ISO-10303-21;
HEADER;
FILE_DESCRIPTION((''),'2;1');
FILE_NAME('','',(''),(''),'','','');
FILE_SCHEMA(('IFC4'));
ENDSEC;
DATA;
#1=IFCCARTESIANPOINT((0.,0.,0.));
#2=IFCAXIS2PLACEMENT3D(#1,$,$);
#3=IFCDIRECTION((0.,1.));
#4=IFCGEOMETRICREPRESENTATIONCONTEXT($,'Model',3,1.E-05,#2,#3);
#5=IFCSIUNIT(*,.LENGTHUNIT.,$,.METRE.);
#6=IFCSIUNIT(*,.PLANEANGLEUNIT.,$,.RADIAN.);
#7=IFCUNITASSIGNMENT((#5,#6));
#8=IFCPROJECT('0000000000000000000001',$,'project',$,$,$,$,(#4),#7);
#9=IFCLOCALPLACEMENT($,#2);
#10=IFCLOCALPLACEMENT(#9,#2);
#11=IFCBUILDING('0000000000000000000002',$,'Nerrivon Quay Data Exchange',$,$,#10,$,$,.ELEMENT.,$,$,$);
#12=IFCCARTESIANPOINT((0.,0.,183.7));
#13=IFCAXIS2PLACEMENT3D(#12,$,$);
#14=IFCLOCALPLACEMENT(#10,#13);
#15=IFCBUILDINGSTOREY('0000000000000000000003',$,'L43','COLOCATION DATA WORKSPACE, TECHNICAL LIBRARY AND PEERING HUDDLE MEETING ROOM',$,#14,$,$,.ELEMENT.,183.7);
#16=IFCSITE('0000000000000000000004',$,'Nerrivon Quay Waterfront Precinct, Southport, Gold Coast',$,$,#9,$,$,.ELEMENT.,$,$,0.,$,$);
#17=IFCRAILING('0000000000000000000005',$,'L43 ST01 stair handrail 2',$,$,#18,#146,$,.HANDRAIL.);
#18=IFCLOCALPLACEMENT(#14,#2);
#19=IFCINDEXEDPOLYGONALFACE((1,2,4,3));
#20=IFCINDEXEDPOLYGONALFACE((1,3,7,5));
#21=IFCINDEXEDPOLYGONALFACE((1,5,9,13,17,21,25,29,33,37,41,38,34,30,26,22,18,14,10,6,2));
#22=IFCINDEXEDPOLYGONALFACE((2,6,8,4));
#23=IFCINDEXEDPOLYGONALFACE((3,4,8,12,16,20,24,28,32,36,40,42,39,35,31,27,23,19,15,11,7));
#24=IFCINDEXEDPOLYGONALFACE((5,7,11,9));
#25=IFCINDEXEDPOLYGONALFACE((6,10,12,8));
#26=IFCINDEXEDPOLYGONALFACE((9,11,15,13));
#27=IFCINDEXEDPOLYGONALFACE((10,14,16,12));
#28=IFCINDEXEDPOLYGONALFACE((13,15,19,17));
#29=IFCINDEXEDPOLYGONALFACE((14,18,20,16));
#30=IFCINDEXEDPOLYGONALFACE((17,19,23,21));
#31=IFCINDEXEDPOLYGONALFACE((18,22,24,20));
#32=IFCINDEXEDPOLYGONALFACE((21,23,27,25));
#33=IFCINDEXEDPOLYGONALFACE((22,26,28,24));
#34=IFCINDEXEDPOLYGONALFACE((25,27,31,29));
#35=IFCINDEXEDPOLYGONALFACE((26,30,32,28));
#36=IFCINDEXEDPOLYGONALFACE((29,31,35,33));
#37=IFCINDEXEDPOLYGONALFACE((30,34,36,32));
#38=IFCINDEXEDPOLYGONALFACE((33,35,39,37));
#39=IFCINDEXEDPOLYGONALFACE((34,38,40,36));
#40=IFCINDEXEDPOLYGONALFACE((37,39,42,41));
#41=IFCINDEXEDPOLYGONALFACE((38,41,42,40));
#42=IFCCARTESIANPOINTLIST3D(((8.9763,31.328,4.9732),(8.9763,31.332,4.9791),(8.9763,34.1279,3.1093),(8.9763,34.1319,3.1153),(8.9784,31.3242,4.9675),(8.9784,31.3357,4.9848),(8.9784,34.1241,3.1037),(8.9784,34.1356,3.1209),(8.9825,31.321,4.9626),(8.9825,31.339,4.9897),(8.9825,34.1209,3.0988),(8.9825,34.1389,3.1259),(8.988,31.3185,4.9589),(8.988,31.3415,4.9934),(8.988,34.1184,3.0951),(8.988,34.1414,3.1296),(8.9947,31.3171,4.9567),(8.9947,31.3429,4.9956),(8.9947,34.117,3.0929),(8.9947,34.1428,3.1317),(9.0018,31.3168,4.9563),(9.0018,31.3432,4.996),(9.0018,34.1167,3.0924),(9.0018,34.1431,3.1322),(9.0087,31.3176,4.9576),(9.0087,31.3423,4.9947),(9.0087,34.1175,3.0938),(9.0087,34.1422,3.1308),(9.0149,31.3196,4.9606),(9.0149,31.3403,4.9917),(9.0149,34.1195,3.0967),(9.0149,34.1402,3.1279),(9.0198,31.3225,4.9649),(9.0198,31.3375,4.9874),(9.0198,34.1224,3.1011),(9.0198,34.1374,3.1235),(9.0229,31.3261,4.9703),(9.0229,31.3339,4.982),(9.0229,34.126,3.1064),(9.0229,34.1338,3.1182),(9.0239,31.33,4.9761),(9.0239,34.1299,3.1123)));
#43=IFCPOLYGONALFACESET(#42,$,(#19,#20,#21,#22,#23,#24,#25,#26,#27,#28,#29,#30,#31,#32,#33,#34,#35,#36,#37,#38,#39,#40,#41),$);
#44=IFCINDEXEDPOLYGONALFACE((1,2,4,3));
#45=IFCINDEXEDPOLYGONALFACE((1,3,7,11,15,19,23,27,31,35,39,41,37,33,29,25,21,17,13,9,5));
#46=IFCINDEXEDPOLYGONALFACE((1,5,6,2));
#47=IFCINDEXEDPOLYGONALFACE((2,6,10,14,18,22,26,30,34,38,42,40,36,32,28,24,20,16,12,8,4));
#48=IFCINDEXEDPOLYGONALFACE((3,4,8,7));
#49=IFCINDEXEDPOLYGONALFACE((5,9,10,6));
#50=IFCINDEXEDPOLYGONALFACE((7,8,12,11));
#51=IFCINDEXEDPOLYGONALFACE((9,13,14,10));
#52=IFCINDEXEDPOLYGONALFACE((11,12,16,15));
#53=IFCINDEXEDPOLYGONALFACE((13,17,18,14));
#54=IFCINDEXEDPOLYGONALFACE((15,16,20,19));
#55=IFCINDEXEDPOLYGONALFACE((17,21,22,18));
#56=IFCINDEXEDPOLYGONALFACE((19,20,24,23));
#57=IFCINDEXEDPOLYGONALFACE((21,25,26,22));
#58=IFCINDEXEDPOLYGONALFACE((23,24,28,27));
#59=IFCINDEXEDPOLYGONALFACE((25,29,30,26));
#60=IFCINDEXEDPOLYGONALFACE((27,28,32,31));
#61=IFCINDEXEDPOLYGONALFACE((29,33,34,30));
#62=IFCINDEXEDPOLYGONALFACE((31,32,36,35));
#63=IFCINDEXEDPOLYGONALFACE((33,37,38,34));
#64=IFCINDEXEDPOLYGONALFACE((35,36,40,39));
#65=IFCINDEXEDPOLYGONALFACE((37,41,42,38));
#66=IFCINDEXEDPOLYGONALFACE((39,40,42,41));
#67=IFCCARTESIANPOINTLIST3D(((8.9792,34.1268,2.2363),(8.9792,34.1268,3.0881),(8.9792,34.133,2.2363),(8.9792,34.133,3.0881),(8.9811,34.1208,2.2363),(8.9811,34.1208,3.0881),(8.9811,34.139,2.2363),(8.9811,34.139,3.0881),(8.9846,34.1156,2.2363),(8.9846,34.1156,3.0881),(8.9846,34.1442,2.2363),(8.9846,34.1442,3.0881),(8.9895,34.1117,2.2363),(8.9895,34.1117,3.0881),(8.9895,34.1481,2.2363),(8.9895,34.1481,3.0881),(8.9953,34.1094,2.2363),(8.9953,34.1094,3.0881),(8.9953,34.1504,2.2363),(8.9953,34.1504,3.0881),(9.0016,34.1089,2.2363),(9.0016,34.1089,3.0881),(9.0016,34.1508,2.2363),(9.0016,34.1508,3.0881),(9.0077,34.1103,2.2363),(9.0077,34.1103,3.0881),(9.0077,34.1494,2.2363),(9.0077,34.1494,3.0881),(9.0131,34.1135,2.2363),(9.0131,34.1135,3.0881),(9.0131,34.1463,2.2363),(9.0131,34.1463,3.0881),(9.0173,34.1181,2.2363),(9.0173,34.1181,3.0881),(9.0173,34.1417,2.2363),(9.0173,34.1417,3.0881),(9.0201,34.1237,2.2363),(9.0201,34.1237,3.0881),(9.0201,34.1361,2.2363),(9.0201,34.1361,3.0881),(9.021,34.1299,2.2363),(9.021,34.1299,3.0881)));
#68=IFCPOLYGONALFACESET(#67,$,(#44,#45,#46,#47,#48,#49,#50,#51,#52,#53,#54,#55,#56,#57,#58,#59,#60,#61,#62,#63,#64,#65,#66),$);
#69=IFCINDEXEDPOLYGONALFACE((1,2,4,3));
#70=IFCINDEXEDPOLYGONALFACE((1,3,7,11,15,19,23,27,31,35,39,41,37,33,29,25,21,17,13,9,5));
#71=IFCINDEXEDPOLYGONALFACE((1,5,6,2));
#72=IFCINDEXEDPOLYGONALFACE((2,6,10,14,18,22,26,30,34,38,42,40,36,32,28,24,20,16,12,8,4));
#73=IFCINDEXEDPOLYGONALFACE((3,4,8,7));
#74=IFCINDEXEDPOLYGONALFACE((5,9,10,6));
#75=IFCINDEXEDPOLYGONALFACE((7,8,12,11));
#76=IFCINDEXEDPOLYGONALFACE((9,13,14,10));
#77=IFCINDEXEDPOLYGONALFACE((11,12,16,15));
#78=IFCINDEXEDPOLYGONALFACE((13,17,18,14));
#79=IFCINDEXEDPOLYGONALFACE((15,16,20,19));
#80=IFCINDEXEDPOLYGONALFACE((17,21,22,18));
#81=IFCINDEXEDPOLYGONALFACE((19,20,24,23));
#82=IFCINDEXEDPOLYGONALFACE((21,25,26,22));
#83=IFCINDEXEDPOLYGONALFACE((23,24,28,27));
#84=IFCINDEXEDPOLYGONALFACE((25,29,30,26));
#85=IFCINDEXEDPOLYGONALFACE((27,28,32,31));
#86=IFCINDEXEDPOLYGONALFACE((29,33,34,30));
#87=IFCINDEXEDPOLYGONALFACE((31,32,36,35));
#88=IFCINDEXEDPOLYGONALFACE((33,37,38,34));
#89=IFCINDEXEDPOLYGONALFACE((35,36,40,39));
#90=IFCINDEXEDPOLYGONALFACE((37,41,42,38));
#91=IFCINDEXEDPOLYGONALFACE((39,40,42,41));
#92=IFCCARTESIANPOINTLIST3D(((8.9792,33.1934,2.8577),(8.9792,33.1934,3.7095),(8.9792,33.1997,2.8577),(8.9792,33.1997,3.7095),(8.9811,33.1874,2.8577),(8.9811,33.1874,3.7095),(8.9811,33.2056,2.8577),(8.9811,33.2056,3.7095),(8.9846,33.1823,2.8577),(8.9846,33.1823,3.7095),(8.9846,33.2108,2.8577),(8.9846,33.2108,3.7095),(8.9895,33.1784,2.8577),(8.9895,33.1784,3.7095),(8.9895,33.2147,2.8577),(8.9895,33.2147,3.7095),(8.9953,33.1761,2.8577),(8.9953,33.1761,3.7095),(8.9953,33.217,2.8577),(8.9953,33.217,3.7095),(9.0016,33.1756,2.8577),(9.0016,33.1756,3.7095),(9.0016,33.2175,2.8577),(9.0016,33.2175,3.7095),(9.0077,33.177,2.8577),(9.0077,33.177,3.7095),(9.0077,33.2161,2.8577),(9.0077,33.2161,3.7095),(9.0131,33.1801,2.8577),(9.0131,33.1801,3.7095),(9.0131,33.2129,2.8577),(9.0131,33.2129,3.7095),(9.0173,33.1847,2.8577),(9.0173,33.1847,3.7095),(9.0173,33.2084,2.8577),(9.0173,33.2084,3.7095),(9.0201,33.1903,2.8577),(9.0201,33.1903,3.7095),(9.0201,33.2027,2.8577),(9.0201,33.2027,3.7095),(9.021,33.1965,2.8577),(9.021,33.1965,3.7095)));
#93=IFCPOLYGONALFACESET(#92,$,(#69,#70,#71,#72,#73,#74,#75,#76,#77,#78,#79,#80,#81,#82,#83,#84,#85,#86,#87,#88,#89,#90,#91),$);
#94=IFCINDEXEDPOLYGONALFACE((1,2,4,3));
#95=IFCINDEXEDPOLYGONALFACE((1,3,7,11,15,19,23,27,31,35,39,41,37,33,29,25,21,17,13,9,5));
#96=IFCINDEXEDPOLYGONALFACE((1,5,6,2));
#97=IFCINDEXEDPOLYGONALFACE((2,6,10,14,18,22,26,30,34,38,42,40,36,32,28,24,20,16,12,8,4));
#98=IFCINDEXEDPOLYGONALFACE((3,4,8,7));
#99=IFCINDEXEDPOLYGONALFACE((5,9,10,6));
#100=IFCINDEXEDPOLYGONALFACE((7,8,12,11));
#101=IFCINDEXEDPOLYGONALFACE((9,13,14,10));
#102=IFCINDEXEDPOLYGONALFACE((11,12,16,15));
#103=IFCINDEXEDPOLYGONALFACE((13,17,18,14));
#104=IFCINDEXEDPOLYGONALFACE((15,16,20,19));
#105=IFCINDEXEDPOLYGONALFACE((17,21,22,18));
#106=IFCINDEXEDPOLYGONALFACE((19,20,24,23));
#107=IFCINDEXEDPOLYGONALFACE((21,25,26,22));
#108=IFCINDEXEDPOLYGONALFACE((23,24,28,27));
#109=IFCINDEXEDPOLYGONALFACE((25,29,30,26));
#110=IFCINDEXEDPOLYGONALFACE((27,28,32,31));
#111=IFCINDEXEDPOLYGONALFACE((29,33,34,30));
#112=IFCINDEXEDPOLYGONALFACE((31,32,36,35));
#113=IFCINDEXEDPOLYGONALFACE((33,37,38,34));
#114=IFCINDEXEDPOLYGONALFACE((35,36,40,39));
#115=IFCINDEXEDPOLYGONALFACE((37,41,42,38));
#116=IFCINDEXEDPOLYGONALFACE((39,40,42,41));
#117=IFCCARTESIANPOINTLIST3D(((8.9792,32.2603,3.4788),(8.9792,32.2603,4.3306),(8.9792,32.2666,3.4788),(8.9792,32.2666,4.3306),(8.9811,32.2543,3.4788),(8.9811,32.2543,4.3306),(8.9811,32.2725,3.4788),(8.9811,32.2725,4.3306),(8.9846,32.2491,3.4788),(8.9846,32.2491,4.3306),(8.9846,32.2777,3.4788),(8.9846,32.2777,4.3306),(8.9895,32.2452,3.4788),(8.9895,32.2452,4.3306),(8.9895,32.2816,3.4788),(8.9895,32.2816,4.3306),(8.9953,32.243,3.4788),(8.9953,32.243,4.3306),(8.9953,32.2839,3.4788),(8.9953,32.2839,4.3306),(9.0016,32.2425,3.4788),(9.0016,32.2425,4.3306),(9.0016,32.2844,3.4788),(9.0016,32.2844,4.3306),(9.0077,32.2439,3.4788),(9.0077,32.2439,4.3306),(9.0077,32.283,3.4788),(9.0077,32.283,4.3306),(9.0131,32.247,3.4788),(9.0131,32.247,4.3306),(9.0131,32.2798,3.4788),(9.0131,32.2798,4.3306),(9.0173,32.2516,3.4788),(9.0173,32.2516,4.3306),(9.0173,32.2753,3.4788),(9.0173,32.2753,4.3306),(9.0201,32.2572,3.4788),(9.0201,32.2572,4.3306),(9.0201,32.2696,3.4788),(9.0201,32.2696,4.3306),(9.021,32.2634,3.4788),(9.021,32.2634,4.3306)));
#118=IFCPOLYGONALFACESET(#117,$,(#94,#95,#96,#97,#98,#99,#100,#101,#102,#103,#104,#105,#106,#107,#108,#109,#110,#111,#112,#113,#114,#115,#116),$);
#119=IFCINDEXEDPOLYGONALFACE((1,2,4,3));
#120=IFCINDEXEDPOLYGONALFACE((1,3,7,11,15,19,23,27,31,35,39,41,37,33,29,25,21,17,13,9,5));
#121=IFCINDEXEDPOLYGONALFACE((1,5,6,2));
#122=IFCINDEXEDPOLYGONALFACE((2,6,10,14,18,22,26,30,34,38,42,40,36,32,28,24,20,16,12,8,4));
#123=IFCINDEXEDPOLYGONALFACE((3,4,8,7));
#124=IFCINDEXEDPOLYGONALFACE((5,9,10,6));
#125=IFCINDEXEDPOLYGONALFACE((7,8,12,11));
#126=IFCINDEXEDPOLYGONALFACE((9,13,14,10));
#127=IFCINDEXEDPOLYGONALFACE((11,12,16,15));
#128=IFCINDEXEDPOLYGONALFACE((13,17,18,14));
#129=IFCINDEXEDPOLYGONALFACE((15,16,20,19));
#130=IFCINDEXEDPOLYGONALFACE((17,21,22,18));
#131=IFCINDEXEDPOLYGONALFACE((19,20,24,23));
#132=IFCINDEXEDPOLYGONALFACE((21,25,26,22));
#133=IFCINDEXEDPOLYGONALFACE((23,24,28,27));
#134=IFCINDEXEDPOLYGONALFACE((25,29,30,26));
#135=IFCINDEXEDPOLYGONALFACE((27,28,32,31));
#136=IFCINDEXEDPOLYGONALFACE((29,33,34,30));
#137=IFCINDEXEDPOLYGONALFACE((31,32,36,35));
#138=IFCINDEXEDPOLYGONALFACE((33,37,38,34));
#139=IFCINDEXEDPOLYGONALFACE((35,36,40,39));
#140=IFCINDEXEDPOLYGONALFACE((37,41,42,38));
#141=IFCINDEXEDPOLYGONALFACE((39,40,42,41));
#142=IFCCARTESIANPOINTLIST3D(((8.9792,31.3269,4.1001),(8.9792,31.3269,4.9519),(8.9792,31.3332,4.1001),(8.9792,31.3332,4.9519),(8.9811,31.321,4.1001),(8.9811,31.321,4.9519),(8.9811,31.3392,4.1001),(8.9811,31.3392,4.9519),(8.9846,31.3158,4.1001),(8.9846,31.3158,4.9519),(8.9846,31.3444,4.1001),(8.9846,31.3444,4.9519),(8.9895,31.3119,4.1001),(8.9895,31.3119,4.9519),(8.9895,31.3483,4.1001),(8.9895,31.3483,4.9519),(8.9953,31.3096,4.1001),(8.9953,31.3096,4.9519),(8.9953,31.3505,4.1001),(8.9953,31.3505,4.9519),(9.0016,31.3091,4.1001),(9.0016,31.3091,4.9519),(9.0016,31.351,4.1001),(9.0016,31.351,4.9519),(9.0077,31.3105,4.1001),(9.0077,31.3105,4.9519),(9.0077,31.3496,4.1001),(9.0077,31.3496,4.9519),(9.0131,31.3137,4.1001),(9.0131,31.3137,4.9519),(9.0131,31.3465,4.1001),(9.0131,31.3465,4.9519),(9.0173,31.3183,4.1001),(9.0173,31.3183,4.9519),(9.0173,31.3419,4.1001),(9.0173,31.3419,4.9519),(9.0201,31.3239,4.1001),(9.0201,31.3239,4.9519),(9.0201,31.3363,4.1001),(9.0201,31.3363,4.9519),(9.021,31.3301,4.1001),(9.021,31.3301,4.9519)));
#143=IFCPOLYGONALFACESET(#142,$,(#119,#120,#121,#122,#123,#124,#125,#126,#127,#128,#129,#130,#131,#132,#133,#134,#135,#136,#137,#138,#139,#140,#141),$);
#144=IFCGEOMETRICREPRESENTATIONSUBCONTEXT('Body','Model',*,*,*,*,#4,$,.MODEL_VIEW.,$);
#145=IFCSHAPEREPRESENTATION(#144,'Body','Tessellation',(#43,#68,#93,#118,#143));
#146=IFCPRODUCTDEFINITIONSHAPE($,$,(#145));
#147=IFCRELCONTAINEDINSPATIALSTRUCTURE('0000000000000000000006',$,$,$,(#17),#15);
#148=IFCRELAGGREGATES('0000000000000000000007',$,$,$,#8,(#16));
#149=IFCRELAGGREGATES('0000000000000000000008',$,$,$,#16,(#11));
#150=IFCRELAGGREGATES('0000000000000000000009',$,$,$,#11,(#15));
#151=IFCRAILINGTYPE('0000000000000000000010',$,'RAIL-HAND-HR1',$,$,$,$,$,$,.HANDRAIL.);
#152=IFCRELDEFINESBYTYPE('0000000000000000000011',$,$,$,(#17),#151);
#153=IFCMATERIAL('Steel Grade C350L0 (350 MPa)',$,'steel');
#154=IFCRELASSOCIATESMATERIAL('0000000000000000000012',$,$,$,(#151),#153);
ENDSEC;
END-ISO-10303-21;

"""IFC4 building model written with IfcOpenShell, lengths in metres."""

from ifc_helpers import new_model, si_unit, direction, frame, origin, origin_2d, place, context, subcontext, project, spatial, circle, extrude, material, type_object, element, save


model = new_model("IFC4")

# Units and contexts
model_context = context("Model", 3, precision=1e-05, world=origin(), true_north=direction((0.0, 1.0)))
body_context = subcontext(model_context, "Body", "Model", "MODEL_VIEW")
ifc_project = project(units=[si_unit("LENGTHUNIT", "METRE"), si_unit("PLANEANGLEUNIT", "RADIAN")], contexts=[model_context])

# Site, building, storey
site_placement = place(None, origin())
site = spatial("IfcSite", under=ifc_project, at=site_placement, Name="Nerrivon Quay Waterfront Precinct, Southport, Gold Coast", CompositionType="ELEMENT", RefElevation=0.0)
building_placement = place(site_placement, origin())
building = spatial("IfcBuilding", under=site, at=building_placement, Name="Nerrivon Quay Data Exchange", CompositionType="ELEMENT")
storey_placement = place(building_placement, frame((0.0, 0.0, 183.7)))
storey = spatial("IfcBuildingStorey", under=building, at=storey_placement, Name="L43", Description="COLOCATION DATA WORKSPACE, TECHNICAL LIBRARY AND PEERING HUDDLE MEETING ROOM", CompositionType="ELEMENT", Elevation=183.7)

# Railing
ifc_material_1 = material(Name="Steel Grade C350L0 (350 MPa)", Category="steel")
railing_type_1 = type_object("IfcRailingType", Name="RAIL-HAND-HR1", PredefinedType="HANDRAIL", material=ifc_material_1)
railing_1_placement = place(storey_placement, frame((9.0, 34.1299, 2.2363)))
element("IfcRailing", 1, at=railing_1_placement, inside=storey, type_object=railing_type_1, Name="L43 ST01 stair handrail 2", PredefinedType="HANDRAIL", context=body_context, shape_type="SweptSolid", body=[
    extrude(circle(Radius=0.0239, at=origin_2d()), frame((0.0, 0.0, 0.876), z_axis=(0.0, -0.83243, 0.554131), x_axis=(1.0, 0.0, 0.0)), (0.0, 0.0, 1.0), 3.3635),
    extrude(circle(Radius=0.021, at=origin_2d()), origin(), (0.0, 0.0, 1.0), 0.8518),
    extrude(circle(Radius=0.021, at=origin_2d()), frame((0.0, -0.9333, 0.6213)), (0.0, 0.0, 1.0), 0.8518),
    extrude(circle(Radius=0.021, at=origin_2d()), frame((0.0, -1.8665, 1.2424)), (0.0, 0.0, 1.0), 0.8518),
    extrude(circle(Radius=0.021, at=origin_2d()), frame((0.0, -2.7998, 1.8638)), (0.0, 0.0, 1.0), 0.8518),
])

save(model, "model.ifc")
